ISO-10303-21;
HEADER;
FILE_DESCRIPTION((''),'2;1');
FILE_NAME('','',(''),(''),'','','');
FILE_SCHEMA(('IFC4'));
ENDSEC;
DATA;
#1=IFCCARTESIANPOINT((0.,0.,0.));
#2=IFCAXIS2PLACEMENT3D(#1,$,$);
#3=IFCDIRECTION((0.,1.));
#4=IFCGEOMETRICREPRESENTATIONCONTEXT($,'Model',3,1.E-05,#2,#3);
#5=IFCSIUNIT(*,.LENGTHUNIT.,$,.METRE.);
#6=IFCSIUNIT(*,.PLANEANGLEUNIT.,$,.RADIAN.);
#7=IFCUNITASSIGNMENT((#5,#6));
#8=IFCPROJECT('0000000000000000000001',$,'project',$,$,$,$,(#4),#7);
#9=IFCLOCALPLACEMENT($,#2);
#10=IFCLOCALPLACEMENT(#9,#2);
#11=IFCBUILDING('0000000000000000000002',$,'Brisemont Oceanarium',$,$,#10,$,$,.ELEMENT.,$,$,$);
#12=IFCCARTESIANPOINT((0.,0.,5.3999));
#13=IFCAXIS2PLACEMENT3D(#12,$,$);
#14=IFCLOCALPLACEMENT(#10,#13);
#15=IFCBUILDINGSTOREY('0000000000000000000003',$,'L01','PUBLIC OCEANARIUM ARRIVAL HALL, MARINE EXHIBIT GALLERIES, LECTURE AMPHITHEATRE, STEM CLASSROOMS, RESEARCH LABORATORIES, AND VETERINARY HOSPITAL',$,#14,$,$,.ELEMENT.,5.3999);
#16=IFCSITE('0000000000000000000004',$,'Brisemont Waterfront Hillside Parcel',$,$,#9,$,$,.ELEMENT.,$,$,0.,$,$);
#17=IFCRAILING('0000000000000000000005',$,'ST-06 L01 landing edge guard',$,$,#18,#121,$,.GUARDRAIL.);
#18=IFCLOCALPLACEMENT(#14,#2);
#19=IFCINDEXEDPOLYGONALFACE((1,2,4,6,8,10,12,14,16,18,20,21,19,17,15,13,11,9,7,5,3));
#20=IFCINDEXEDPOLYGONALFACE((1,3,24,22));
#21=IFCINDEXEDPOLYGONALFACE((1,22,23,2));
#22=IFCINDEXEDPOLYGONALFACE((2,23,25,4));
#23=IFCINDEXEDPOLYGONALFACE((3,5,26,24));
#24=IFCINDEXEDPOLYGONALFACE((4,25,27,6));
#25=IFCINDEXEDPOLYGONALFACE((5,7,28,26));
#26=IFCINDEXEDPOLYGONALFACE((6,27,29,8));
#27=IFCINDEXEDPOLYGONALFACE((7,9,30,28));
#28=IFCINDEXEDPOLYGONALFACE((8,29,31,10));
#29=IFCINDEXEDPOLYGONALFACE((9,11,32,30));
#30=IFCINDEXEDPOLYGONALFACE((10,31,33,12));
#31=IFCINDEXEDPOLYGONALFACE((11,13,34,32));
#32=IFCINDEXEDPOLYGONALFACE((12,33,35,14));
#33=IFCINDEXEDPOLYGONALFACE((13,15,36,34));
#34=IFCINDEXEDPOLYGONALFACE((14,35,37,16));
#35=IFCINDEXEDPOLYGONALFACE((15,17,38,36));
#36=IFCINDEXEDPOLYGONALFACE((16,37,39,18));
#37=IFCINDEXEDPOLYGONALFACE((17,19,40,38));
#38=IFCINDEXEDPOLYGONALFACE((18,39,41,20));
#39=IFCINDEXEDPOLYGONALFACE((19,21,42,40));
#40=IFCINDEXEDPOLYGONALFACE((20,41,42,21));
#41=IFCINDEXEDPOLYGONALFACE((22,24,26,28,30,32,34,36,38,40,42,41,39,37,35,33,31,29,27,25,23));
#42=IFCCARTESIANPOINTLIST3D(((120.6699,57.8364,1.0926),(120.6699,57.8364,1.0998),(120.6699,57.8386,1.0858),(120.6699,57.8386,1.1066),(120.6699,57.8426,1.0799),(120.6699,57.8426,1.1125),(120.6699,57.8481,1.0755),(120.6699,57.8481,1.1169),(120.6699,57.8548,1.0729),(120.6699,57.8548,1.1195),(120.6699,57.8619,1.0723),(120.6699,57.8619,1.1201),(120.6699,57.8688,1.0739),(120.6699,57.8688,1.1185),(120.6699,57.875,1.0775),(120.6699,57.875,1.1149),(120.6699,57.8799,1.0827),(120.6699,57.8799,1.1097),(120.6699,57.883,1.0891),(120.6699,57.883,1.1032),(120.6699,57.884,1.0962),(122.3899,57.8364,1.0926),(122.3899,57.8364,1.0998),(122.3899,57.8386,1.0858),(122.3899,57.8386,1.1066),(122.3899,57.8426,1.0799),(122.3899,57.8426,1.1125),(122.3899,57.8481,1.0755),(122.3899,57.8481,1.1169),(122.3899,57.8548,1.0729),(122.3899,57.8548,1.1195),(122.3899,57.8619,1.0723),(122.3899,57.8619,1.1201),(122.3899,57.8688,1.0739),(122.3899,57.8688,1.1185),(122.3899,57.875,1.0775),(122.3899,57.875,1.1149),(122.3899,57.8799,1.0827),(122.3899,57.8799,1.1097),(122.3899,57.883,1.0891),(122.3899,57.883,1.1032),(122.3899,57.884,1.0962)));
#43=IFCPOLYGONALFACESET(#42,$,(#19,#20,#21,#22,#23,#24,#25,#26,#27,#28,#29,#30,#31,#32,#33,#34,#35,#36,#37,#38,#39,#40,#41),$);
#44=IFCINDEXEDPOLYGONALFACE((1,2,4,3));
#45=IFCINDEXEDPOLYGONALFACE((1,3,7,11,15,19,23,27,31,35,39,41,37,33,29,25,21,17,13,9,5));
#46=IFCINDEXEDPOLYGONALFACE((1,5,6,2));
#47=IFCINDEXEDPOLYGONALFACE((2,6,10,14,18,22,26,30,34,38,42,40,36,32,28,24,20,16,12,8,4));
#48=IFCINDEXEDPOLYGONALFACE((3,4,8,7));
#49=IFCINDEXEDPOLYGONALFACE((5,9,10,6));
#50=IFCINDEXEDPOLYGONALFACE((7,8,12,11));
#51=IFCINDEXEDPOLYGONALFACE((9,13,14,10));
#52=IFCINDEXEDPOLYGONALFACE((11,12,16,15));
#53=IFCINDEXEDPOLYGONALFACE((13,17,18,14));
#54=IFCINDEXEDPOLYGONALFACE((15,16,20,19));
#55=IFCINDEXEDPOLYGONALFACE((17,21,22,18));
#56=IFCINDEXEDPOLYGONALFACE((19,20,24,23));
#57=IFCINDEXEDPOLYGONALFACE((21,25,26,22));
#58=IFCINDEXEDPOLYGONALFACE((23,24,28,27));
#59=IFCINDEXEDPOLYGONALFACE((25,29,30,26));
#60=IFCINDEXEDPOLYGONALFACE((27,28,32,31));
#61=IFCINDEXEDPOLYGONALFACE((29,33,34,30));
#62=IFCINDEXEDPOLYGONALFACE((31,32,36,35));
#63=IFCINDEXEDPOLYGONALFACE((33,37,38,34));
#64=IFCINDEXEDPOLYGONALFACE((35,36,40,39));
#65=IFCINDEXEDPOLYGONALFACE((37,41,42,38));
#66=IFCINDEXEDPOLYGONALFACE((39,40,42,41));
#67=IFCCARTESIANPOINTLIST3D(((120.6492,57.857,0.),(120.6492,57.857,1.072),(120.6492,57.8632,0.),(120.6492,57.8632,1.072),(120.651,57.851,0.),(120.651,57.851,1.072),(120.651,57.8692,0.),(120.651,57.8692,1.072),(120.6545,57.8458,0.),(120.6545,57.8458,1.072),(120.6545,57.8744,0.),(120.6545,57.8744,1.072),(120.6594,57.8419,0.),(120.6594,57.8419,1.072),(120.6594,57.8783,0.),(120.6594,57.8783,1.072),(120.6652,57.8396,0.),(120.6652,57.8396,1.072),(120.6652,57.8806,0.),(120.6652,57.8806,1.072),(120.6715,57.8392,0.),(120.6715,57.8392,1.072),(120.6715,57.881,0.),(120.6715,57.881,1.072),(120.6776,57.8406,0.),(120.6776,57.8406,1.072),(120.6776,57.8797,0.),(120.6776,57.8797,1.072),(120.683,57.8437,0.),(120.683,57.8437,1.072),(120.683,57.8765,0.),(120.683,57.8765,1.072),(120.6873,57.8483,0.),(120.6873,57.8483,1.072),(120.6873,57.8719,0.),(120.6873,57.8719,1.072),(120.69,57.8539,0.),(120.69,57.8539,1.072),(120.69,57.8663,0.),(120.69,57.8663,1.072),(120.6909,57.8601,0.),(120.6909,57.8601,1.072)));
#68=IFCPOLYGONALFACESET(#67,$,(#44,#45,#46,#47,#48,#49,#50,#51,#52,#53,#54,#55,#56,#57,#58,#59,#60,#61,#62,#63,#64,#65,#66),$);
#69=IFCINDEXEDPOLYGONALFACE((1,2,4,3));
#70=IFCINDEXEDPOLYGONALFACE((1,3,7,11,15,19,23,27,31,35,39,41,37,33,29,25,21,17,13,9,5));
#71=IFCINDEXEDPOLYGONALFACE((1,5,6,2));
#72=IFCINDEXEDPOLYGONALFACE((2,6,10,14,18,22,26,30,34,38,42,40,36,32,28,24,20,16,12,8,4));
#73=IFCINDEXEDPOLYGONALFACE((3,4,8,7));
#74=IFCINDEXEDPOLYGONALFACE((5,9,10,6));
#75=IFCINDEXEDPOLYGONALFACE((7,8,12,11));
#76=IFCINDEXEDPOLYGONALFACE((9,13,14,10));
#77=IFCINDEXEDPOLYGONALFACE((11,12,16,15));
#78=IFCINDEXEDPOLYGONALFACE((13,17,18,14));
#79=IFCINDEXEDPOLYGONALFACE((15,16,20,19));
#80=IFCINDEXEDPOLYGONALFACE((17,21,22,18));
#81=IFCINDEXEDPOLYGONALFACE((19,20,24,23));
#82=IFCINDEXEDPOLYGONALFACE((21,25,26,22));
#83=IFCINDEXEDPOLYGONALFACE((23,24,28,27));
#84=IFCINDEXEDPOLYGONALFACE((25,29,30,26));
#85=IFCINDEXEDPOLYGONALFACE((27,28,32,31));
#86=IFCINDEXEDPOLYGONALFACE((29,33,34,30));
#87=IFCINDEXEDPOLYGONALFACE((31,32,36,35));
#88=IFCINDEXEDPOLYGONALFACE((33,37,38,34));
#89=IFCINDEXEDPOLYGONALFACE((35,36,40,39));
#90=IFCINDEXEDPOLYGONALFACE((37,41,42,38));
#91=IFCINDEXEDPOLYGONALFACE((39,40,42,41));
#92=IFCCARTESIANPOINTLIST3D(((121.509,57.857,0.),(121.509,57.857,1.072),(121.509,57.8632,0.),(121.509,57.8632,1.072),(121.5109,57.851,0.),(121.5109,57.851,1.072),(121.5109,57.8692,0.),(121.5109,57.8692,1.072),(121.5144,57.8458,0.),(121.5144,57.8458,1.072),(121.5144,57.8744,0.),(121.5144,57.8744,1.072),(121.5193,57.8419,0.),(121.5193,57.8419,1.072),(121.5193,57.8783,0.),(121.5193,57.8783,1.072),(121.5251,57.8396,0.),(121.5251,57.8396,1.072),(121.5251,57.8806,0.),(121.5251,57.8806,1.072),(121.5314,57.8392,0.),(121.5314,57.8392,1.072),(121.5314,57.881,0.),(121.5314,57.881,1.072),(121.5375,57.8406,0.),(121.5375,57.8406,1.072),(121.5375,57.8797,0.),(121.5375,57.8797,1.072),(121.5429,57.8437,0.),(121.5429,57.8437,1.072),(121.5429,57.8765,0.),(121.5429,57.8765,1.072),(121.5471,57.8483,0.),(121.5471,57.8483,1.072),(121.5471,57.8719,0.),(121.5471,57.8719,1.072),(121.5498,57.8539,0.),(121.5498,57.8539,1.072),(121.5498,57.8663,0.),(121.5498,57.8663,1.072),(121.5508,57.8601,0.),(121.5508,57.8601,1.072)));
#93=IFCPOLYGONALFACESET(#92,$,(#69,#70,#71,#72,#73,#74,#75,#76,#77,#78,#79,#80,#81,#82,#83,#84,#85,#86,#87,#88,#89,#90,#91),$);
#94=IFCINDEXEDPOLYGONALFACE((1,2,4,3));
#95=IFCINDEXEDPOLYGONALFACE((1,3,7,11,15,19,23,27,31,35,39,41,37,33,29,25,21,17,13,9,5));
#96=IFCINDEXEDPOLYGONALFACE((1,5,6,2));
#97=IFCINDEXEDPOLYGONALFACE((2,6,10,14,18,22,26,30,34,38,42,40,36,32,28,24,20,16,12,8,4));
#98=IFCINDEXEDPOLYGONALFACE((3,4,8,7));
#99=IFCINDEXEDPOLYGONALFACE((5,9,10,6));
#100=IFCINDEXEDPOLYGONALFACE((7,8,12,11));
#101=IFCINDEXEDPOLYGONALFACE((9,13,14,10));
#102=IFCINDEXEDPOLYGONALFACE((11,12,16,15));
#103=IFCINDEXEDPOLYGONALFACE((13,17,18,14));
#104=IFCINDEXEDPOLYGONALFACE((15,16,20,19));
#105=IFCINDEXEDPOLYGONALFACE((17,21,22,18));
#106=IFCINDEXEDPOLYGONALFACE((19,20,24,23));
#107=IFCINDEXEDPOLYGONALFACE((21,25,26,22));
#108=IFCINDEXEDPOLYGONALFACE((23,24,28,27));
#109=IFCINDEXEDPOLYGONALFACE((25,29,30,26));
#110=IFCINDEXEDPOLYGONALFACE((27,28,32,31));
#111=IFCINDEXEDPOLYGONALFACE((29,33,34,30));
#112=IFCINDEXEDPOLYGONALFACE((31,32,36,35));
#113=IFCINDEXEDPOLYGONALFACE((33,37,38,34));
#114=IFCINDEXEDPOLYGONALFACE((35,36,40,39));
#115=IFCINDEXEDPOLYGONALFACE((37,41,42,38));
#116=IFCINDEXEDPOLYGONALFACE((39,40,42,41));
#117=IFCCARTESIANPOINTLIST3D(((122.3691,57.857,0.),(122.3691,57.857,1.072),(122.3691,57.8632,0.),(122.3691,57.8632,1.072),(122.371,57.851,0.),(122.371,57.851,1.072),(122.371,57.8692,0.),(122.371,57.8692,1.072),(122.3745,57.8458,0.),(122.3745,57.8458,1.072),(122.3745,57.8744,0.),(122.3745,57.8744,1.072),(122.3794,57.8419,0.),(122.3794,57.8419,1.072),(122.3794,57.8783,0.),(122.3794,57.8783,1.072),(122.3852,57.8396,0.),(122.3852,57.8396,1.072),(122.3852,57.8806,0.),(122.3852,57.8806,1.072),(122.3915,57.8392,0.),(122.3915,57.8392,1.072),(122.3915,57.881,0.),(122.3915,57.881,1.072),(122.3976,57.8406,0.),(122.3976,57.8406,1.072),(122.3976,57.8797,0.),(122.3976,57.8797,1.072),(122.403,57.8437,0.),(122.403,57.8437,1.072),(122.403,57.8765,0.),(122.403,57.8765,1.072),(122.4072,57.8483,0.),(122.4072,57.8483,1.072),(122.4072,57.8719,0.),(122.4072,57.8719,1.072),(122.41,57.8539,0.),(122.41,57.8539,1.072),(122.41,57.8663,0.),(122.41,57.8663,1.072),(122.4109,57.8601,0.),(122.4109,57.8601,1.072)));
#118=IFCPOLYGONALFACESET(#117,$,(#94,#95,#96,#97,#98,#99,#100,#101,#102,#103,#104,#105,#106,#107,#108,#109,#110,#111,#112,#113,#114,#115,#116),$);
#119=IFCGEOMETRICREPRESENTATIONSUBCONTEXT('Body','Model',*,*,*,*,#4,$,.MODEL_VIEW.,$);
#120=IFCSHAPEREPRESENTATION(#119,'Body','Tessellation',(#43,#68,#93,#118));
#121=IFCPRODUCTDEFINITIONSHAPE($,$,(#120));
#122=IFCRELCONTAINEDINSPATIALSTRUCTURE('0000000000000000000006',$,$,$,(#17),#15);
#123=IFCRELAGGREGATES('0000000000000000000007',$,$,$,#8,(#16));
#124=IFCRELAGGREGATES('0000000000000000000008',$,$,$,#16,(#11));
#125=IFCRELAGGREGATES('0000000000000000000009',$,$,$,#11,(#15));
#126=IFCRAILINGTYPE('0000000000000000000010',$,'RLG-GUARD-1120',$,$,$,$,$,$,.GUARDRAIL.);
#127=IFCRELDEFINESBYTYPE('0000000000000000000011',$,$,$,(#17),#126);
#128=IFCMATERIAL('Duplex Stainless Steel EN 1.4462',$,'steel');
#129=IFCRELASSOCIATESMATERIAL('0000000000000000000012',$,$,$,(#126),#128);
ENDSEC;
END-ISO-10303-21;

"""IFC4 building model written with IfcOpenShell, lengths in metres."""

from ifc_helpers import new_model, si_unit, direction, frame, origin, origin_2d, place, context, subcontext, project, spatial, circle, extrude, material, type_object, element, save


model = new_model("IFC4")

# Units and contexts
model_context = context("Model", 3, precision=1e-05, world=origin(), true_north=direction((0.0, 1.0)))
body_context = subcontext(model_context, "Body", "Model", "MODEL_VIEW")
ifc_project = project(units=[si_unit("LENGTHUNIT", "METRE"), si_unit("PLANEANGLEUNIT", "RADIAN")], contexts=[model_context])

# Site, building, storey
site_placement = place(None, origin())
site = spatial("IfcSite", under=ifc_project, at=site_placement, Name="Brisemont Waterfront Hillside Parcel", CompositionType="ELEMENT", RefElevation=0.0)
building_placement = place(site_placement, origin())
building = spatial("IfcBuilding", under=site, at=building_placement, Name="Brisemont Oceanarium", CompositionType="ELEMENT")
storey_placement = place(building_placement, frame((0.0, 0.0, 5.3999)))
storey = spatial("IfcBuildingStorey", under=building, at=storey_placement, Name="L01", Description="PUBLIC OCEANARIUM ARRIVAL HALL, MARINE EXHIBIT GALLERIES, LECTURE AMPHITHEATRE, STEM CLASSROOMS, RESEARCH LABORATORIES, AND VETERINARY HOSPITAL", CompositionType="ELEMENT", Elevation=5.3999)

# Railing
ifc_material_1 = material(Name="Duplex Stainless Steel EN 1.4462", Category="steel")
railing_type_1 = type_object("IfcRailingType", Name="RLG-GUARD-1120", PredefinedType="GUARDRAIL", material=ifc_material_1)
railing_1_placement = place(storey_placement, frame((120.6699, 57.8601, 0.0)))
element("IfcRailing", 1, at=railing_1_placement, inside=storey, type_object=railing_type_1, Name="ST-06 L01 landing edge guard", PredefinedType="GUARDRAIL", context=body_context, shape_type="SweptSolid", body=[
    extrude(circle(Radius=0.0239, at=origin_2d()), frame((0.0, 0.0, 1.0962), z_axis=(1.0, 0.0, 0.0), x_axis=(0.0, 1.0, 0.0)), (0.0, 0.0, 1.0), 1.72),
    extrude(circle(Radius=0.021, at=origin_2d()), origin(), (0.0, 0.0, 1.0), 1.072),
    extrude(circle(Radius=0.021, at=origin_2d()), frame((0.8599, 0.0, 0.0)), (0.0, 0.0, 1.0), 1.072),
    extrude(circle(Radius=0.021, at=origin_2d()), frame((1.72, 0.0, 0.0)), (0.0, 0.0, 1.0), 1.072),
])

save(model, "model.ifc")
